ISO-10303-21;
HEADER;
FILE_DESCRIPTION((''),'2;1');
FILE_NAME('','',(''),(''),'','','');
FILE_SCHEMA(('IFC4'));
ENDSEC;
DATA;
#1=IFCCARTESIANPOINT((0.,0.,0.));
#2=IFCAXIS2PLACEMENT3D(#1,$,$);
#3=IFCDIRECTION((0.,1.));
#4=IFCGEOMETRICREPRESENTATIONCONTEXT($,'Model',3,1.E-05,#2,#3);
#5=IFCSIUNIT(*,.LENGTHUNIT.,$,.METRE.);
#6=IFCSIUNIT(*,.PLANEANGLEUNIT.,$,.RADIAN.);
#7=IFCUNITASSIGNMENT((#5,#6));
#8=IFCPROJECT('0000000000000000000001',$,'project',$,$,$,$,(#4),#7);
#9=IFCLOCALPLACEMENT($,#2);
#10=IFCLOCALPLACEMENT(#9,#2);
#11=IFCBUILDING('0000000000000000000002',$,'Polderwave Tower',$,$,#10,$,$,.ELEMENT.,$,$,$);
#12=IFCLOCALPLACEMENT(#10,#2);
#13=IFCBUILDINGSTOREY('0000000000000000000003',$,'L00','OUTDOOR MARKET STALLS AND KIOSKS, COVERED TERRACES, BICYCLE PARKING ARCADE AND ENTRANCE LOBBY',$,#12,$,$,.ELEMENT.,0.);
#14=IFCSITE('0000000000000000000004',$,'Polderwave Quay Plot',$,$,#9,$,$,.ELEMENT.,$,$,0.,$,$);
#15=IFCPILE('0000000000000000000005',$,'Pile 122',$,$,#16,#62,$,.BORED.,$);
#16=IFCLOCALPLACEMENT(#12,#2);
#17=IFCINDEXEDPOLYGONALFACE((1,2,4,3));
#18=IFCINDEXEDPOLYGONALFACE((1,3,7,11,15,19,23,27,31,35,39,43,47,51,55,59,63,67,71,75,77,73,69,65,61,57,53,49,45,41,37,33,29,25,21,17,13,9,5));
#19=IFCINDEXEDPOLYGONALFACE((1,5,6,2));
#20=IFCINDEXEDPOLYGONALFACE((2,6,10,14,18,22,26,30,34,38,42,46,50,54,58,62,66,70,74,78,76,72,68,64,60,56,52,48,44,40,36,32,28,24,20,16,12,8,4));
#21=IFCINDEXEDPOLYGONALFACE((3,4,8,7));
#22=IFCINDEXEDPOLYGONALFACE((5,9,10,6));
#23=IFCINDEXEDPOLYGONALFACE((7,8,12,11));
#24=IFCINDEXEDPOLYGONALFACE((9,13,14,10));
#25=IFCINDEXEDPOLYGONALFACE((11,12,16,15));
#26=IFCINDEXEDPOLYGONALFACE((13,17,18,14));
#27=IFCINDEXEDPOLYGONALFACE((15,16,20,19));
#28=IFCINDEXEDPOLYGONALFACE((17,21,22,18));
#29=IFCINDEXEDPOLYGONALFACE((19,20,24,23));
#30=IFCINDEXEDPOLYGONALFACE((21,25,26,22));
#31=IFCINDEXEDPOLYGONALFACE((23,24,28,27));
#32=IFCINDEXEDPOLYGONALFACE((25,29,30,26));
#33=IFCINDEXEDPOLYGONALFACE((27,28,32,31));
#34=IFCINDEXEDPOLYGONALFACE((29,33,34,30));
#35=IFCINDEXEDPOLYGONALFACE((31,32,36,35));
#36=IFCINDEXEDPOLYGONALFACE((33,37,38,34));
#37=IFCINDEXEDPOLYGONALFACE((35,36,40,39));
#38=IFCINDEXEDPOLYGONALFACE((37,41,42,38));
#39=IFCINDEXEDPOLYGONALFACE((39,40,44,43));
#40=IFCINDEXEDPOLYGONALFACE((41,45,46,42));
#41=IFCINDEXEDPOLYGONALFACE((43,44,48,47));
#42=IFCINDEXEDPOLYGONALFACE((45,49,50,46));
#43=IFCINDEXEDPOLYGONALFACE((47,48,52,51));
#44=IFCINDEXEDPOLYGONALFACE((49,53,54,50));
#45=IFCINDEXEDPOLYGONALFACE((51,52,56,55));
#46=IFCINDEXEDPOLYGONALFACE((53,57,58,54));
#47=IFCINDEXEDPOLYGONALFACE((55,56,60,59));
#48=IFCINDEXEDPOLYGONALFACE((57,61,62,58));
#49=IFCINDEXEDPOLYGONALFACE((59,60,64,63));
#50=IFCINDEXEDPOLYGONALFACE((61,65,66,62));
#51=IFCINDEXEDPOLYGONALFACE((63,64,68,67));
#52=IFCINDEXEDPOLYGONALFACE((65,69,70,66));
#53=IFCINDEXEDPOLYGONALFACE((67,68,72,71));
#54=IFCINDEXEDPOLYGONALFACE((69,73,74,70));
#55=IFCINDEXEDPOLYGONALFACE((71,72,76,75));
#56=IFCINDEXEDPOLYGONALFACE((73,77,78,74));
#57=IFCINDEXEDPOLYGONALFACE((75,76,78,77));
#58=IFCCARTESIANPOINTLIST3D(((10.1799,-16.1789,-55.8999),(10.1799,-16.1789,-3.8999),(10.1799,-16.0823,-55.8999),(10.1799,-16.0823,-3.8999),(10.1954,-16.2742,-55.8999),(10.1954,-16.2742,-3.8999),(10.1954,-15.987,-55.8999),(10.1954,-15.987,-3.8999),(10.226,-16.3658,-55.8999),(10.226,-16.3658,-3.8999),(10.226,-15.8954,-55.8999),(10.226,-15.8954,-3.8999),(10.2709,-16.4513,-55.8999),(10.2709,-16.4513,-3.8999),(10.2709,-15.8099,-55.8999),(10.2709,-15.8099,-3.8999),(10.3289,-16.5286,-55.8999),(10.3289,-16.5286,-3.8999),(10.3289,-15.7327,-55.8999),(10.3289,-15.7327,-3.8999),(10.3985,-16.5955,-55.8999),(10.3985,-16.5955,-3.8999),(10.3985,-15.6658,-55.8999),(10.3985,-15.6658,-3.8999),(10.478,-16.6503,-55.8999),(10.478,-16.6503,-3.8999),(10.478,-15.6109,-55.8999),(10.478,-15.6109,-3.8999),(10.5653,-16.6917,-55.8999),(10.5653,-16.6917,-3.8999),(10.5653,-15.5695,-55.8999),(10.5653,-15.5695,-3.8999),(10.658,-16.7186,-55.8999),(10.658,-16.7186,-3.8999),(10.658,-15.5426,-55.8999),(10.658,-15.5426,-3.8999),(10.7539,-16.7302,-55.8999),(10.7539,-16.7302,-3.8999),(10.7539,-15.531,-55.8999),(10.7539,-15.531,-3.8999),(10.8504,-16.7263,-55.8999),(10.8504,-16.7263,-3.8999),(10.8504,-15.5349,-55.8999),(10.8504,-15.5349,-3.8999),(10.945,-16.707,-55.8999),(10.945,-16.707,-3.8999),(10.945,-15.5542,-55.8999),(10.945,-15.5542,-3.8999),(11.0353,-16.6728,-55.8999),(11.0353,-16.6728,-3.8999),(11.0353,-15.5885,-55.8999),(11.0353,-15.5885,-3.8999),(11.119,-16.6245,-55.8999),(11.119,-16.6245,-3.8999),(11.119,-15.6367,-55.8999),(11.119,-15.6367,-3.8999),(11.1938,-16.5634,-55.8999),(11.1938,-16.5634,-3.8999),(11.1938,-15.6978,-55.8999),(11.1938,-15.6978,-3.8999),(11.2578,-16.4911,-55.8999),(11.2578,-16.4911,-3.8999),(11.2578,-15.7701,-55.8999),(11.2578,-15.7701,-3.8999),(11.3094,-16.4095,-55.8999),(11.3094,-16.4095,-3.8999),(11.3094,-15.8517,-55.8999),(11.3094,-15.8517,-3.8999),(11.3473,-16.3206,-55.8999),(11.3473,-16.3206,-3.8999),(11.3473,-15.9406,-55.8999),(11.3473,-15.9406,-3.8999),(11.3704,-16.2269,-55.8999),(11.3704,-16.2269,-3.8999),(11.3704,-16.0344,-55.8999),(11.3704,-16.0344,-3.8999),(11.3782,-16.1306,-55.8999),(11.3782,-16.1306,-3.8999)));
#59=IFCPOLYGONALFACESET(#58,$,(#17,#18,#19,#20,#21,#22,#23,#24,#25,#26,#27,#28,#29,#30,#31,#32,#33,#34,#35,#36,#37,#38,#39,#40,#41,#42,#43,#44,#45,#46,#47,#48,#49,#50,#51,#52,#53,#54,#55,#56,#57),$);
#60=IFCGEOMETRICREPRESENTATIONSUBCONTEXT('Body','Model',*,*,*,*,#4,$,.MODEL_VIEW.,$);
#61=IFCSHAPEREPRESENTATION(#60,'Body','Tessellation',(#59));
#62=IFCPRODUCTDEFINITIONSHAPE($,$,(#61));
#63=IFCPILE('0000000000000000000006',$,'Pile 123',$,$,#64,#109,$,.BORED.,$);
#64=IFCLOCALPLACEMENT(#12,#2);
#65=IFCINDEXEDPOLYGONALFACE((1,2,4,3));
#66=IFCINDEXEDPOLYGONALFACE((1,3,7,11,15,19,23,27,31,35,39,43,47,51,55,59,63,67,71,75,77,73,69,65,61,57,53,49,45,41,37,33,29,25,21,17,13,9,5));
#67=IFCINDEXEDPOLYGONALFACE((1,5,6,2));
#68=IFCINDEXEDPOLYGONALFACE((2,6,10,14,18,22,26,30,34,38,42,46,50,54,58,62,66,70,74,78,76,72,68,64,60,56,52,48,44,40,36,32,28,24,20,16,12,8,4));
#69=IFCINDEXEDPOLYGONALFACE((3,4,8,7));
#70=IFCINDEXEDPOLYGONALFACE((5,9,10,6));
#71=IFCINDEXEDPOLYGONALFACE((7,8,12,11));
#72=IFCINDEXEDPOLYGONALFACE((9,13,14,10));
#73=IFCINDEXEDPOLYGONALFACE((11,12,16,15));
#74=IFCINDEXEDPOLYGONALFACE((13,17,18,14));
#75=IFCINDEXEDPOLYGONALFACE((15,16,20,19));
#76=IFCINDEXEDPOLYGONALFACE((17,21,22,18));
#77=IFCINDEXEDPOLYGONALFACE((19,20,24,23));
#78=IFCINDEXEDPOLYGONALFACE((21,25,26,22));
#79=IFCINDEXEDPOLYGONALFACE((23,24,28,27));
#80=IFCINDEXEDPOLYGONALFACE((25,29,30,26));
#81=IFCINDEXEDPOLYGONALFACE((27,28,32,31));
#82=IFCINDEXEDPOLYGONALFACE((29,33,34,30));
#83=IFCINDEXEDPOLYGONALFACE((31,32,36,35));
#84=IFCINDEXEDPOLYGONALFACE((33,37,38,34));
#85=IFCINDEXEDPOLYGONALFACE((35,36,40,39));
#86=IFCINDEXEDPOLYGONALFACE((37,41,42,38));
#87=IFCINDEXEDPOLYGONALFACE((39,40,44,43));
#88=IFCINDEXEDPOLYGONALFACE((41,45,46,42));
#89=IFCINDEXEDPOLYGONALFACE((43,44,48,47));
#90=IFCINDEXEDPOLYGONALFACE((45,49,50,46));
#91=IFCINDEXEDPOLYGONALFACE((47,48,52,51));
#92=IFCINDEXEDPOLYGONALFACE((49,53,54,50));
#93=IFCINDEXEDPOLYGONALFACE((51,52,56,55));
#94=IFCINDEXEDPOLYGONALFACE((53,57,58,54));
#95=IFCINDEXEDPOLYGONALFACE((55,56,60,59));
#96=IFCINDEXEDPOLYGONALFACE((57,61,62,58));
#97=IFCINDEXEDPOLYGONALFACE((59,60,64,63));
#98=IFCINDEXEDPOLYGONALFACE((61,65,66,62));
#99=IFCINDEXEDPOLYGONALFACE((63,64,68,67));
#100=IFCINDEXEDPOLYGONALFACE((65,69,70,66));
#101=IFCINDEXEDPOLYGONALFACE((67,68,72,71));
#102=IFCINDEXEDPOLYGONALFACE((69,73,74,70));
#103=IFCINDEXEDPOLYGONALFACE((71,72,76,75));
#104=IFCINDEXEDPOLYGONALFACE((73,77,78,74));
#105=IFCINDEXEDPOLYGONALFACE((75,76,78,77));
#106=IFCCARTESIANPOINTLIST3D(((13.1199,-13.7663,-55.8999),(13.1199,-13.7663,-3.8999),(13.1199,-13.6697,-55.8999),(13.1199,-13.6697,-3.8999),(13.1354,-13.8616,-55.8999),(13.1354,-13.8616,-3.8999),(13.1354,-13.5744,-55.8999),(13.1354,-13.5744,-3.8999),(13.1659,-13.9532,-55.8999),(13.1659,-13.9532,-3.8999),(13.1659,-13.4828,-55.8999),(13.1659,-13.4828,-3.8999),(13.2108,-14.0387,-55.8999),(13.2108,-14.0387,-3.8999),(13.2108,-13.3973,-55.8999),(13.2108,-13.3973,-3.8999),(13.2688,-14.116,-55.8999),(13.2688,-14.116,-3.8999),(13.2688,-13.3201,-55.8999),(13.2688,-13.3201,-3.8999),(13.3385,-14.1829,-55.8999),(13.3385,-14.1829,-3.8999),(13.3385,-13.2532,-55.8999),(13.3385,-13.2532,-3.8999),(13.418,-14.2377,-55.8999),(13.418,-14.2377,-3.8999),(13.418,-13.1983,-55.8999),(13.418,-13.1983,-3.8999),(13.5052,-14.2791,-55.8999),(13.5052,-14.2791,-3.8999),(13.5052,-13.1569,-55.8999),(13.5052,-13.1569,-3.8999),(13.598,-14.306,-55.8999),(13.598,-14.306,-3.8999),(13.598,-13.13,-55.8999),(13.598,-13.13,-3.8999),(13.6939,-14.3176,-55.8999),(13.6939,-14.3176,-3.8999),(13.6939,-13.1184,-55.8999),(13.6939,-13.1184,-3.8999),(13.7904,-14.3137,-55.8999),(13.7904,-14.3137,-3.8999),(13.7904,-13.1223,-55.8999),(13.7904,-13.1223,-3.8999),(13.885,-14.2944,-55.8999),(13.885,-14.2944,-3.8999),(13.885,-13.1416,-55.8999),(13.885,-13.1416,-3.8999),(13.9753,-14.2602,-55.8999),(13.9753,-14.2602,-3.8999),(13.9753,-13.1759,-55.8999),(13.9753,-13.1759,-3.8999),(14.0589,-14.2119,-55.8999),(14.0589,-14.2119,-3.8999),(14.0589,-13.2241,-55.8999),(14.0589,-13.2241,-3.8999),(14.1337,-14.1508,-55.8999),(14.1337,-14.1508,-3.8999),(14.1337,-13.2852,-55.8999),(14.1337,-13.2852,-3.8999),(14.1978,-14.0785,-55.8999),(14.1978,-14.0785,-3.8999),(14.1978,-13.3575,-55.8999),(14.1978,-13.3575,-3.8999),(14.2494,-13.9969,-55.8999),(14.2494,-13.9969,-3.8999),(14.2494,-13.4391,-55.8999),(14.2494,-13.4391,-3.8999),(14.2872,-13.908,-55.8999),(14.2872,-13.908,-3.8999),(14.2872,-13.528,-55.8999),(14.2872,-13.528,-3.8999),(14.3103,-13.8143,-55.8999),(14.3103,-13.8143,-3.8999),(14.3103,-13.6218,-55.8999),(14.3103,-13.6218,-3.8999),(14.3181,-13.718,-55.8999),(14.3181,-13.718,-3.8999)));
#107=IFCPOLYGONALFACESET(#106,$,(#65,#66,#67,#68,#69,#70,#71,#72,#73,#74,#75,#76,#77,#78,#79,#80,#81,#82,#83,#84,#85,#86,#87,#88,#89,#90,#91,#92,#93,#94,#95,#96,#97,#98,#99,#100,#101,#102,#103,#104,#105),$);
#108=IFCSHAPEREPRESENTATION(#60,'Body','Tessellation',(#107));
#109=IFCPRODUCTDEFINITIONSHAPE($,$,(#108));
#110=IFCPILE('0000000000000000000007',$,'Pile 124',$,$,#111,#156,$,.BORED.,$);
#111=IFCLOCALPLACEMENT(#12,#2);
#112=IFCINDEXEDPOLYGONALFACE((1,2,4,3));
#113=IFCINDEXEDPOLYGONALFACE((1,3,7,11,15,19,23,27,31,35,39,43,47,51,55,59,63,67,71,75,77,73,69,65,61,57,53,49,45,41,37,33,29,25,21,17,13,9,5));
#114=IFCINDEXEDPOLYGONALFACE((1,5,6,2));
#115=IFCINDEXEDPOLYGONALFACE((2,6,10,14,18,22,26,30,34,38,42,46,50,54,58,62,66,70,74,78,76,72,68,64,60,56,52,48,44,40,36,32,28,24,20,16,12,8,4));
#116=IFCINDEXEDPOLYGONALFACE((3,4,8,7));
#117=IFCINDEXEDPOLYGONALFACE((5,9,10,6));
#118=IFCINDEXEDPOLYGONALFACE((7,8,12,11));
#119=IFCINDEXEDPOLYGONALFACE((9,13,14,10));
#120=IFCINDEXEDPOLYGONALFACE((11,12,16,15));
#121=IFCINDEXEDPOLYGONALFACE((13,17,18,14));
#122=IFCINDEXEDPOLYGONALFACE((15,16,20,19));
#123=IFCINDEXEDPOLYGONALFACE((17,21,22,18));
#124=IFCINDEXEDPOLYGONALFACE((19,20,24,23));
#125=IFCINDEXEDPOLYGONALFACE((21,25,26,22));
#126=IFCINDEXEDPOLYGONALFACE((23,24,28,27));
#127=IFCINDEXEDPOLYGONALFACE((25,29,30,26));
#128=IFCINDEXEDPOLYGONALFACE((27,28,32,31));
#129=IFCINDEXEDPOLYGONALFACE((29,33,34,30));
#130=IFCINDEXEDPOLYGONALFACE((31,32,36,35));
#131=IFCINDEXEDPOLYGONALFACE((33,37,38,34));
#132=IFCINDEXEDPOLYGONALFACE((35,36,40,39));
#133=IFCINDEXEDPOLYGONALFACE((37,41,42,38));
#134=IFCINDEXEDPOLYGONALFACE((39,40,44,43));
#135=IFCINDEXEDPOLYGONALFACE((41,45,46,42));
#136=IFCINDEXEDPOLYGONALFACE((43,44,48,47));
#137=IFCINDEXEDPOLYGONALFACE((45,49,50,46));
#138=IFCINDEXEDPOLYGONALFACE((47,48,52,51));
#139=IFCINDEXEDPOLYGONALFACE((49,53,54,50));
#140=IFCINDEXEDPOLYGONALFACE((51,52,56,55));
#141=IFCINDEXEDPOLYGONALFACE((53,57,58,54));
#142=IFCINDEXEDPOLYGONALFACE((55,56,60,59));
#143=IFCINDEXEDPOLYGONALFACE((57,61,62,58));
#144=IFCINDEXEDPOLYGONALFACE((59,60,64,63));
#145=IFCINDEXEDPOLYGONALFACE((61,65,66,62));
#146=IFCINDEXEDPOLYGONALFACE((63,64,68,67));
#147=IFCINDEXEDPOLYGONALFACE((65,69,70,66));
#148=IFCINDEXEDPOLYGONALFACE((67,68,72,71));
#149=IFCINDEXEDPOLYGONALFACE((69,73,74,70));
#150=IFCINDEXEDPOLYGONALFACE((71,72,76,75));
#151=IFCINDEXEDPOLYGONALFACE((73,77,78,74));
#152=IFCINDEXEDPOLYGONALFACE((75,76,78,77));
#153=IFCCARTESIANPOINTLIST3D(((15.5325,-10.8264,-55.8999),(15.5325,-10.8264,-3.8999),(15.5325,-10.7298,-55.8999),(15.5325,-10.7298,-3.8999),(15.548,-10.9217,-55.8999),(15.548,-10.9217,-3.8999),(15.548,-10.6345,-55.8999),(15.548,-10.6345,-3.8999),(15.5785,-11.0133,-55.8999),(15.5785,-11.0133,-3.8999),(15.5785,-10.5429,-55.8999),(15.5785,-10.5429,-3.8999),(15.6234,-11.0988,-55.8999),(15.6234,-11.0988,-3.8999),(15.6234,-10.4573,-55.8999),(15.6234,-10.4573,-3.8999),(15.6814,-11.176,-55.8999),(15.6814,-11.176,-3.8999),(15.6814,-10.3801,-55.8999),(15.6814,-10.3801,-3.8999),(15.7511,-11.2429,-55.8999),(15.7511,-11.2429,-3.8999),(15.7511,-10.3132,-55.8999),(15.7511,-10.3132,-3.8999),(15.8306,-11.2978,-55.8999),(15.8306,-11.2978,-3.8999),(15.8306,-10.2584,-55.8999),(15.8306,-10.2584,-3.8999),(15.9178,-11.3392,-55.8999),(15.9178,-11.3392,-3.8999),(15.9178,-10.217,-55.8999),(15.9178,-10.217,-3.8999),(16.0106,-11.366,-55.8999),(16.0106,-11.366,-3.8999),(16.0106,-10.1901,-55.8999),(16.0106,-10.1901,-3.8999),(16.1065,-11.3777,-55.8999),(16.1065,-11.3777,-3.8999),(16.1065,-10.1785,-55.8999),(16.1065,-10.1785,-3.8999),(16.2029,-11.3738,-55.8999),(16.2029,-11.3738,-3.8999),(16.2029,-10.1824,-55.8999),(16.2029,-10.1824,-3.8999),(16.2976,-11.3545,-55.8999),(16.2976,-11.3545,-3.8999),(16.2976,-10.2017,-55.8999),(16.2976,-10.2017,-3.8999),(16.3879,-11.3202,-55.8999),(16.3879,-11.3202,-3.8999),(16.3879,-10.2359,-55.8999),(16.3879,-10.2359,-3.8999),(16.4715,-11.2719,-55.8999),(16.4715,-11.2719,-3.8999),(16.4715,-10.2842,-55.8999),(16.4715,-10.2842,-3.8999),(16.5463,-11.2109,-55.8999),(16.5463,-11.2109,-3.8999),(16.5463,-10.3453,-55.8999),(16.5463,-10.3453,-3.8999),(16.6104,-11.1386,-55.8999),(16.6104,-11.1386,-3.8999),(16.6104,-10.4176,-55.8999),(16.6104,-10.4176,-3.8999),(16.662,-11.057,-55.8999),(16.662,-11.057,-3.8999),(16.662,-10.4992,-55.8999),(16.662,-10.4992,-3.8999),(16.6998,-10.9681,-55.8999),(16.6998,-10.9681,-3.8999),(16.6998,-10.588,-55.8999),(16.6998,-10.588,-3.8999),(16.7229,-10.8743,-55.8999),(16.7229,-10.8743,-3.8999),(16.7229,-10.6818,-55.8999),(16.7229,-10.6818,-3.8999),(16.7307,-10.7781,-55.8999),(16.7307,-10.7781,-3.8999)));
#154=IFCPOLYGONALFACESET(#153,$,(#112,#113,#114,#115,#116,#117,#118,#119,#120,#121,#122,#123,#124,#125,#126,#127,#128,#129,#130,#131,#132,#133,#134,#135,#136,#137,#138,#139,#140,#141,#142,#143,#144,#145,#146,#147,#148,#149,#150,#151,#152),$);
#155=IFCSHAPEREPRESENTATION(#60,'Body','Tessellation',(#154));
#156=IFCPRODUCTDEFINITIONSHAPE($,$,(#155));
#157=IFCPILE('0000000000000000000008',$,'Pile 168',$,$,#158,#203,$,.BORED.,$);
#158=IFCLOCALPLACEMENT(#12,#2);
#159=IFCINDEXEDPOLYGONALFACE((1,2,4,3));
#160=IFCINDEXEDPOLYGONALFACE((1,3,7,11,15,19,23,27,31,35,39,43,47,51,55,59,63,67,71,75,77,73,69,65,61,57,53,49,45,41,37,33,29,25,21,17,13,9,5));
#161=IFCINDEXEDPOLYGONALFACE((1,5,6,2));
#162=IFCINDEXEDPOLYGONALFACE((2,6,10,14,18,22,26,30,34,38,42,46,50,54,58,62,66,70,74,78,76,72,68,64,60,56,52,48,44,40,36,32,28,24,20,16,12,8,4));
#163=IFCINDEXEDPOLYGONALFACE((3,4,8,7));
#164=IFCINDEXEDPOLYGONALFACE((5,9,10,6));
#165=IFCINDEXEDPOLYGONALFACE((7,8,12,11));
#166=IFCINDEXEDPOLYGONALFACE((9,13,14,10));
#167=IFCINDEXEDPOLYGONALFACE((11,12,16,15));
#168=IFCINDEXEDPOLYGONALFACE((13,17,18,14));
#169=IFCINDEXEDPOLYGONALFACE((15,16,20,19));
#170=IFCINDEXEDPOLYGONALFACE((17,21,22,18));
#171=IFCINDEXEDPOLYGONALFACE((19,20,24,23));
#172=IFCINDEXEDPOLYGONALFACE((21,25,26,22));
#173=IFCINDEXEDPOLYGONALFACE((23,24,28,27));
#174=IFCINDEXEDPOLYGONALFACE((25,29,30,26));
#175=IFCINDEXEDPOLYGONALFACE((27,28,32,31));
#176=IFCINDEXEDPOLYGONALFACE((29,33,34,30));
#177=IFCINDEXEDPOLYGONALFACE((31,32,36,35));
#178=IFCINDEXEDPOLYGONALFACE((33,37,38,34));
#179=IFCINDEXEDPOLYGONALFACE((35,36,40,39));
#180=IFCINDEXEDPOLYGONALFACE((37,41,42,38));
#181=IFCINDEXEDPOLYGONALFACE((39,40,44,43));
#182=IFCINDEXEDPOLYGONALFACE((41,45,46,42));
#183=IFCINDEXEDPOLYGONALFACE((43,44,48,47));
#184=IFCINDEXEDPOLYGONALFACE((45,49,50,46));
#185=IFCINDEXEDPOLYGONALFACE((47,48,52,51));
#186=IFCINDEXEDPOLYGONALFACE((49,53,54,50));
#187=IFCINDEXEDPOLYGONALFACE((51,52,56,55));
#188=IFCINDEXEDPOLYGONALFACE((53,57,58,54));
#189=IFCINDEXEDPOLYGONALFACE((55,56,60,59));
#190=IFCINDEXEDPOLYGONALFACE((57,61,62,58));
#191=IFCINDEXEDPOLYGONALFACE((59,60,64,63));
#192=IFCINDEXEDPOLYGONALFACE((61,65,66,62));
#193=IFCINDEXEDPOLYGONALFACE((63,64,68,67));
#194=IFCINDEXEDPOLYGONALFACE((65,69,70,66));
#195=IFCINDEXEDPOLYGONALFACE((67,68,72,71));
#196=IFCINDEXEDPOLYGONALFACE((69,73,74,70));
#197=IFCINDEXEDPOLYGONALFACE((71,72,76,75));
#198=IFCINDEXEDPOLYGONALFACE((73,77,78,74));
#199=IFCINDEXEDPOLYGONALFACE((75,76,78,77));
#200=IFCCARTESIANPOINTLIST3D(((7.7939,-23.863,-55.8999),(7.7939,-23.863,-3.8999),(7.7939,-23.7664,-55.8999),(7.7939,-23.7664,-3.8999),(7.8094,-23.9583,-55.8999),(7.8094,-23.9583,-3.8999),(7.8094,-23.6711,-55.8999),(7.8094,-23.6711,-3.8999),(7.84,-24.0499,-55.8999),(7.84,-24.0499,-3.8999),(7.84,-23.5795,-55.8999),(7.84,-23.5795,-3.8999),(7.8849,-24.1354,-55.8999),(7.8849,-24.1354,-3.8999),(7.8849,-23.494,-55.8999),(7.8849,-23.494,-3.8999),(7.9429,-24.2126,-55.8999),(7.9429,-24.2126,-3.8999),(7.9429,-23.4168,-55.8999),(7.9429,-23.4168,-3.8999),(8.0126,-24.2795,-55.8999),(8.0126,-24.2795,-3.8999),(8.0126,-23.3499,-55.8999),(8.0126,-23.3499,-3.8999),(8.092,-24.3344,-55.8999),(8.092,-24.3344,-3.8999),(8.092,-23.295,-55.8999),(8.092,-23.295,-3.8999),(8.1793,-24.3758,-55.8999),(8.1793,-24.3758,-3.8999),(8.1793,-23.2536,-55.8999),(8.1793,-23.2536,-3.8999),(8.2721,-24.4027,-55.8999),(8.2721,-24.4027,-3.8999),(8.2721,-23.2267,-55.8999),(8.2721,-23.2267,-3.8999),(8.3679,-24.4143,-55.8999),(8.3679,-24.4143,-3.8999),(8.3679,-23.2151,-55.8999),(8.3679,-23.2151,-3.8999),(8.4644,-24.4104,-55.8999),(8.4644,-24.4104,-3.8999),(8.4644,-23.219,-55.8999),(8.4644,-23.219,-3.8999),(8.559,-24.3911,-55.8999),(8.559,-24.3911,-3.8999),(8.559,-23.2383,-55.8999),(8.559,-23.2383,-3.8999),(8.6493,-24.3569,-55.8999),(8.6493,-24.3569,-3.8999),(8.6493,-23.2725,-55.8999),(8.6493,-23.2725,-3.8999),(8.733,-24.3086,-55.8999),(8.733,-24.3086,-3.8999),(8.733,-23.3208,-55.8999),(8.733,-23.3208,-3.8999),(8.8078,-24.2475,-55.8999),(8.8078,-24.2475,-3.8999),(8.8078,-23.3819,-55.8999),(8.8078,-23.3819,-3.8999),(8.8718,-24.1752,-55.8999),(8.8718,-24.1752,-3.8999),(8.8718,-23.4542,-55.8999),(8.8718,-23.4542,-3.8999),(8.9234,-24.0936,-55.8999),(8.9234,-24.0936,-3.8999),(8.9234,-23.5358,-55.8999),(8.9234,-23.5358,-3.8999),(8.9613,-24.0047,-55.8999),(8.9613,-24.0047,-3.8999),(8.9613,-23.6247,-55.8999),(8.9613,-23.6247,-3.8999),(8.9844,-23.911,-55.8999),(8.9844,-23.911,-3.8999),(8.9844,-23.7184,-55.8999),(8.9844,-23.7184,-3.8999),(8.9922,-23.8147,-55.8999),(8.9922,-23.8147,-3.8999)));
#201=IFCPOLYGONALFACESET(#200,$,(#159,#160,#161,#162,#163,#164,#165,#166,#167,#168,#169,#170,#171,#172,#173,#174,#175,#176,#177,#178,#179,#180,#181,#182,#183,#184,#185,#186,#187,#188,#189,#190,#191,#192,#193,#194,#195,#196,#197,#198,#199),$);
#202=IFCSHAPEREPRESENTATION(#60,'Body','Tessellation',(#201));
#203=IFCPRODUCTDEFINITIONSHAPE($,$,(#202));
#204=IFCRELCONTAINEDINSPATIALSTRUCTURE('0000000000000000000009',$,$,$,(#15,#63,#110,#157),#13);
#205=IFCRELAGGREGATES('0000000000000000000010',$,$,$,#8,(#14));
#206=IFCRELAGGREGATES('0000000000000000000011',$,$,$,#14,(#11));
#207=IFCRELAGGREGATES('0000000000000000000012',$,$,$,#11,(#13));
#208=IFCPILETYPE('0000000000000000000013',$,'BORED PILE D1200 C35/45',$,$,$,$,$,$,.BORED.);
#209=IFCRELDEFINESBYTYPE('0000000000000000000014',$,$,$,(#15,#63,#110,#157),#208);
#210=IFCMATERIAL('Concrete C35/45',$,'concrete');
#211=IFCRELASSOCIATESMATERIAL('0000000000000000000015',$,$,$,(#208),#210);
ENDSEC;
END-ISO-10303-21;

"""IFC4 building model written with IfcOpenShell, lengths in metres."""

from ifc_helpers import new_model, si_unit, direction, frame, origin, origin_2d, place, context, subcontext, project, spatial, circle, extrude, material, material_profile, profile_set, type_object, element, save


model = new_model("IFC4")

# Units and contexts
model_context = context("Model", 3, precision=1e-05, world=origin(), true_north=direction((0.0, 1.0)))
body_context = subcontext(model_context, "Body", "Model", "MODEL_VIEW")
ifc_project = project(units=[si_unit("LENGTHUNIT", "METRE"), si_unit("PLANEANGLEUNIT", "RADIAN")], contexts=[model_context])

# Site, building, storey
site_placement = place(None, origin())
site = spatial("IfcSite", under=ifc_project, at=site_placement, Name="Polderwave Quay Plot", CompositionType="ELEMENT", RefElevation=0.0)
building_placement = place(site_placement, origin())
building = spatial("IfcBuilding", under=site, at=building_placement, Name="Polderwave Tower", CompositionType="ELEMENT")
storey_placement = place(building_placement, origin())
storey = spatial("IfcBuildingStorey", under=building, at=storey_placement, Name="L00", Description="OUTDOOR MARKET STALLS AND KIOSKS, COVERED TERRACES, BICYCLE PARKING ARCADE AND ENTRANCE LOBBY", CompositionType="ELEMENT", Elevation=0.0)

# Piles
ifc_material_1 = material(Name="Concrete C35/45", Category="concrete")
ifc_material_profile_1 = material_profile(ifc_material_1, circle(Radius=0.6001, at=origin_2d()), Name="BORED D1200")
ifc_profile_set_1 = profile_set([ifc_material_profile_1], Name="Concrete C35/45")
pile_type = type_object("IfcPileType", Name="BORED PILE D1200 C35/45", PredefinedType="BORED", material=ifc_profile_set_1)
for number, where, z_axis, x_axis, name in (
    (1, (10.7781, -16.1306, -3.8999), (0.0, 0.0, -1.0), (1.0, 0.0, 0.0), "Pile 122"),
    (2, (13.718, -13.718, -3.8999), (0.0, 0.0, -1.0), (1.0, 0.0, 0.0), "Pile 123"),
    (3, (16.1306, -10.7781, -3.8999), (0.0, 0.0, -1.0), (1.0, 0.0, 0.0), "Pile 124"),
    (4, (8.3921, -23.8147, -3.8999), (0.0, 0.0, -1.0), (1.0, 0.0, 0.0), "Pile 168"),
):
    element("IfcPile", number, at=place(storey_placement, frame(where, z_axis=z_axis, x_axis=x_axis)), inside=storey, type_object=pile_type, Name=name, PredefinedType="BORED", context=body_context, shape_type="SweptSolid", body=[
        extrude(circle(Radius=0.6001, at=origin_2d()), origin(), (0.0, 0.0, 1.0), 52.0),
    ])

save(model, "model.ifc")
